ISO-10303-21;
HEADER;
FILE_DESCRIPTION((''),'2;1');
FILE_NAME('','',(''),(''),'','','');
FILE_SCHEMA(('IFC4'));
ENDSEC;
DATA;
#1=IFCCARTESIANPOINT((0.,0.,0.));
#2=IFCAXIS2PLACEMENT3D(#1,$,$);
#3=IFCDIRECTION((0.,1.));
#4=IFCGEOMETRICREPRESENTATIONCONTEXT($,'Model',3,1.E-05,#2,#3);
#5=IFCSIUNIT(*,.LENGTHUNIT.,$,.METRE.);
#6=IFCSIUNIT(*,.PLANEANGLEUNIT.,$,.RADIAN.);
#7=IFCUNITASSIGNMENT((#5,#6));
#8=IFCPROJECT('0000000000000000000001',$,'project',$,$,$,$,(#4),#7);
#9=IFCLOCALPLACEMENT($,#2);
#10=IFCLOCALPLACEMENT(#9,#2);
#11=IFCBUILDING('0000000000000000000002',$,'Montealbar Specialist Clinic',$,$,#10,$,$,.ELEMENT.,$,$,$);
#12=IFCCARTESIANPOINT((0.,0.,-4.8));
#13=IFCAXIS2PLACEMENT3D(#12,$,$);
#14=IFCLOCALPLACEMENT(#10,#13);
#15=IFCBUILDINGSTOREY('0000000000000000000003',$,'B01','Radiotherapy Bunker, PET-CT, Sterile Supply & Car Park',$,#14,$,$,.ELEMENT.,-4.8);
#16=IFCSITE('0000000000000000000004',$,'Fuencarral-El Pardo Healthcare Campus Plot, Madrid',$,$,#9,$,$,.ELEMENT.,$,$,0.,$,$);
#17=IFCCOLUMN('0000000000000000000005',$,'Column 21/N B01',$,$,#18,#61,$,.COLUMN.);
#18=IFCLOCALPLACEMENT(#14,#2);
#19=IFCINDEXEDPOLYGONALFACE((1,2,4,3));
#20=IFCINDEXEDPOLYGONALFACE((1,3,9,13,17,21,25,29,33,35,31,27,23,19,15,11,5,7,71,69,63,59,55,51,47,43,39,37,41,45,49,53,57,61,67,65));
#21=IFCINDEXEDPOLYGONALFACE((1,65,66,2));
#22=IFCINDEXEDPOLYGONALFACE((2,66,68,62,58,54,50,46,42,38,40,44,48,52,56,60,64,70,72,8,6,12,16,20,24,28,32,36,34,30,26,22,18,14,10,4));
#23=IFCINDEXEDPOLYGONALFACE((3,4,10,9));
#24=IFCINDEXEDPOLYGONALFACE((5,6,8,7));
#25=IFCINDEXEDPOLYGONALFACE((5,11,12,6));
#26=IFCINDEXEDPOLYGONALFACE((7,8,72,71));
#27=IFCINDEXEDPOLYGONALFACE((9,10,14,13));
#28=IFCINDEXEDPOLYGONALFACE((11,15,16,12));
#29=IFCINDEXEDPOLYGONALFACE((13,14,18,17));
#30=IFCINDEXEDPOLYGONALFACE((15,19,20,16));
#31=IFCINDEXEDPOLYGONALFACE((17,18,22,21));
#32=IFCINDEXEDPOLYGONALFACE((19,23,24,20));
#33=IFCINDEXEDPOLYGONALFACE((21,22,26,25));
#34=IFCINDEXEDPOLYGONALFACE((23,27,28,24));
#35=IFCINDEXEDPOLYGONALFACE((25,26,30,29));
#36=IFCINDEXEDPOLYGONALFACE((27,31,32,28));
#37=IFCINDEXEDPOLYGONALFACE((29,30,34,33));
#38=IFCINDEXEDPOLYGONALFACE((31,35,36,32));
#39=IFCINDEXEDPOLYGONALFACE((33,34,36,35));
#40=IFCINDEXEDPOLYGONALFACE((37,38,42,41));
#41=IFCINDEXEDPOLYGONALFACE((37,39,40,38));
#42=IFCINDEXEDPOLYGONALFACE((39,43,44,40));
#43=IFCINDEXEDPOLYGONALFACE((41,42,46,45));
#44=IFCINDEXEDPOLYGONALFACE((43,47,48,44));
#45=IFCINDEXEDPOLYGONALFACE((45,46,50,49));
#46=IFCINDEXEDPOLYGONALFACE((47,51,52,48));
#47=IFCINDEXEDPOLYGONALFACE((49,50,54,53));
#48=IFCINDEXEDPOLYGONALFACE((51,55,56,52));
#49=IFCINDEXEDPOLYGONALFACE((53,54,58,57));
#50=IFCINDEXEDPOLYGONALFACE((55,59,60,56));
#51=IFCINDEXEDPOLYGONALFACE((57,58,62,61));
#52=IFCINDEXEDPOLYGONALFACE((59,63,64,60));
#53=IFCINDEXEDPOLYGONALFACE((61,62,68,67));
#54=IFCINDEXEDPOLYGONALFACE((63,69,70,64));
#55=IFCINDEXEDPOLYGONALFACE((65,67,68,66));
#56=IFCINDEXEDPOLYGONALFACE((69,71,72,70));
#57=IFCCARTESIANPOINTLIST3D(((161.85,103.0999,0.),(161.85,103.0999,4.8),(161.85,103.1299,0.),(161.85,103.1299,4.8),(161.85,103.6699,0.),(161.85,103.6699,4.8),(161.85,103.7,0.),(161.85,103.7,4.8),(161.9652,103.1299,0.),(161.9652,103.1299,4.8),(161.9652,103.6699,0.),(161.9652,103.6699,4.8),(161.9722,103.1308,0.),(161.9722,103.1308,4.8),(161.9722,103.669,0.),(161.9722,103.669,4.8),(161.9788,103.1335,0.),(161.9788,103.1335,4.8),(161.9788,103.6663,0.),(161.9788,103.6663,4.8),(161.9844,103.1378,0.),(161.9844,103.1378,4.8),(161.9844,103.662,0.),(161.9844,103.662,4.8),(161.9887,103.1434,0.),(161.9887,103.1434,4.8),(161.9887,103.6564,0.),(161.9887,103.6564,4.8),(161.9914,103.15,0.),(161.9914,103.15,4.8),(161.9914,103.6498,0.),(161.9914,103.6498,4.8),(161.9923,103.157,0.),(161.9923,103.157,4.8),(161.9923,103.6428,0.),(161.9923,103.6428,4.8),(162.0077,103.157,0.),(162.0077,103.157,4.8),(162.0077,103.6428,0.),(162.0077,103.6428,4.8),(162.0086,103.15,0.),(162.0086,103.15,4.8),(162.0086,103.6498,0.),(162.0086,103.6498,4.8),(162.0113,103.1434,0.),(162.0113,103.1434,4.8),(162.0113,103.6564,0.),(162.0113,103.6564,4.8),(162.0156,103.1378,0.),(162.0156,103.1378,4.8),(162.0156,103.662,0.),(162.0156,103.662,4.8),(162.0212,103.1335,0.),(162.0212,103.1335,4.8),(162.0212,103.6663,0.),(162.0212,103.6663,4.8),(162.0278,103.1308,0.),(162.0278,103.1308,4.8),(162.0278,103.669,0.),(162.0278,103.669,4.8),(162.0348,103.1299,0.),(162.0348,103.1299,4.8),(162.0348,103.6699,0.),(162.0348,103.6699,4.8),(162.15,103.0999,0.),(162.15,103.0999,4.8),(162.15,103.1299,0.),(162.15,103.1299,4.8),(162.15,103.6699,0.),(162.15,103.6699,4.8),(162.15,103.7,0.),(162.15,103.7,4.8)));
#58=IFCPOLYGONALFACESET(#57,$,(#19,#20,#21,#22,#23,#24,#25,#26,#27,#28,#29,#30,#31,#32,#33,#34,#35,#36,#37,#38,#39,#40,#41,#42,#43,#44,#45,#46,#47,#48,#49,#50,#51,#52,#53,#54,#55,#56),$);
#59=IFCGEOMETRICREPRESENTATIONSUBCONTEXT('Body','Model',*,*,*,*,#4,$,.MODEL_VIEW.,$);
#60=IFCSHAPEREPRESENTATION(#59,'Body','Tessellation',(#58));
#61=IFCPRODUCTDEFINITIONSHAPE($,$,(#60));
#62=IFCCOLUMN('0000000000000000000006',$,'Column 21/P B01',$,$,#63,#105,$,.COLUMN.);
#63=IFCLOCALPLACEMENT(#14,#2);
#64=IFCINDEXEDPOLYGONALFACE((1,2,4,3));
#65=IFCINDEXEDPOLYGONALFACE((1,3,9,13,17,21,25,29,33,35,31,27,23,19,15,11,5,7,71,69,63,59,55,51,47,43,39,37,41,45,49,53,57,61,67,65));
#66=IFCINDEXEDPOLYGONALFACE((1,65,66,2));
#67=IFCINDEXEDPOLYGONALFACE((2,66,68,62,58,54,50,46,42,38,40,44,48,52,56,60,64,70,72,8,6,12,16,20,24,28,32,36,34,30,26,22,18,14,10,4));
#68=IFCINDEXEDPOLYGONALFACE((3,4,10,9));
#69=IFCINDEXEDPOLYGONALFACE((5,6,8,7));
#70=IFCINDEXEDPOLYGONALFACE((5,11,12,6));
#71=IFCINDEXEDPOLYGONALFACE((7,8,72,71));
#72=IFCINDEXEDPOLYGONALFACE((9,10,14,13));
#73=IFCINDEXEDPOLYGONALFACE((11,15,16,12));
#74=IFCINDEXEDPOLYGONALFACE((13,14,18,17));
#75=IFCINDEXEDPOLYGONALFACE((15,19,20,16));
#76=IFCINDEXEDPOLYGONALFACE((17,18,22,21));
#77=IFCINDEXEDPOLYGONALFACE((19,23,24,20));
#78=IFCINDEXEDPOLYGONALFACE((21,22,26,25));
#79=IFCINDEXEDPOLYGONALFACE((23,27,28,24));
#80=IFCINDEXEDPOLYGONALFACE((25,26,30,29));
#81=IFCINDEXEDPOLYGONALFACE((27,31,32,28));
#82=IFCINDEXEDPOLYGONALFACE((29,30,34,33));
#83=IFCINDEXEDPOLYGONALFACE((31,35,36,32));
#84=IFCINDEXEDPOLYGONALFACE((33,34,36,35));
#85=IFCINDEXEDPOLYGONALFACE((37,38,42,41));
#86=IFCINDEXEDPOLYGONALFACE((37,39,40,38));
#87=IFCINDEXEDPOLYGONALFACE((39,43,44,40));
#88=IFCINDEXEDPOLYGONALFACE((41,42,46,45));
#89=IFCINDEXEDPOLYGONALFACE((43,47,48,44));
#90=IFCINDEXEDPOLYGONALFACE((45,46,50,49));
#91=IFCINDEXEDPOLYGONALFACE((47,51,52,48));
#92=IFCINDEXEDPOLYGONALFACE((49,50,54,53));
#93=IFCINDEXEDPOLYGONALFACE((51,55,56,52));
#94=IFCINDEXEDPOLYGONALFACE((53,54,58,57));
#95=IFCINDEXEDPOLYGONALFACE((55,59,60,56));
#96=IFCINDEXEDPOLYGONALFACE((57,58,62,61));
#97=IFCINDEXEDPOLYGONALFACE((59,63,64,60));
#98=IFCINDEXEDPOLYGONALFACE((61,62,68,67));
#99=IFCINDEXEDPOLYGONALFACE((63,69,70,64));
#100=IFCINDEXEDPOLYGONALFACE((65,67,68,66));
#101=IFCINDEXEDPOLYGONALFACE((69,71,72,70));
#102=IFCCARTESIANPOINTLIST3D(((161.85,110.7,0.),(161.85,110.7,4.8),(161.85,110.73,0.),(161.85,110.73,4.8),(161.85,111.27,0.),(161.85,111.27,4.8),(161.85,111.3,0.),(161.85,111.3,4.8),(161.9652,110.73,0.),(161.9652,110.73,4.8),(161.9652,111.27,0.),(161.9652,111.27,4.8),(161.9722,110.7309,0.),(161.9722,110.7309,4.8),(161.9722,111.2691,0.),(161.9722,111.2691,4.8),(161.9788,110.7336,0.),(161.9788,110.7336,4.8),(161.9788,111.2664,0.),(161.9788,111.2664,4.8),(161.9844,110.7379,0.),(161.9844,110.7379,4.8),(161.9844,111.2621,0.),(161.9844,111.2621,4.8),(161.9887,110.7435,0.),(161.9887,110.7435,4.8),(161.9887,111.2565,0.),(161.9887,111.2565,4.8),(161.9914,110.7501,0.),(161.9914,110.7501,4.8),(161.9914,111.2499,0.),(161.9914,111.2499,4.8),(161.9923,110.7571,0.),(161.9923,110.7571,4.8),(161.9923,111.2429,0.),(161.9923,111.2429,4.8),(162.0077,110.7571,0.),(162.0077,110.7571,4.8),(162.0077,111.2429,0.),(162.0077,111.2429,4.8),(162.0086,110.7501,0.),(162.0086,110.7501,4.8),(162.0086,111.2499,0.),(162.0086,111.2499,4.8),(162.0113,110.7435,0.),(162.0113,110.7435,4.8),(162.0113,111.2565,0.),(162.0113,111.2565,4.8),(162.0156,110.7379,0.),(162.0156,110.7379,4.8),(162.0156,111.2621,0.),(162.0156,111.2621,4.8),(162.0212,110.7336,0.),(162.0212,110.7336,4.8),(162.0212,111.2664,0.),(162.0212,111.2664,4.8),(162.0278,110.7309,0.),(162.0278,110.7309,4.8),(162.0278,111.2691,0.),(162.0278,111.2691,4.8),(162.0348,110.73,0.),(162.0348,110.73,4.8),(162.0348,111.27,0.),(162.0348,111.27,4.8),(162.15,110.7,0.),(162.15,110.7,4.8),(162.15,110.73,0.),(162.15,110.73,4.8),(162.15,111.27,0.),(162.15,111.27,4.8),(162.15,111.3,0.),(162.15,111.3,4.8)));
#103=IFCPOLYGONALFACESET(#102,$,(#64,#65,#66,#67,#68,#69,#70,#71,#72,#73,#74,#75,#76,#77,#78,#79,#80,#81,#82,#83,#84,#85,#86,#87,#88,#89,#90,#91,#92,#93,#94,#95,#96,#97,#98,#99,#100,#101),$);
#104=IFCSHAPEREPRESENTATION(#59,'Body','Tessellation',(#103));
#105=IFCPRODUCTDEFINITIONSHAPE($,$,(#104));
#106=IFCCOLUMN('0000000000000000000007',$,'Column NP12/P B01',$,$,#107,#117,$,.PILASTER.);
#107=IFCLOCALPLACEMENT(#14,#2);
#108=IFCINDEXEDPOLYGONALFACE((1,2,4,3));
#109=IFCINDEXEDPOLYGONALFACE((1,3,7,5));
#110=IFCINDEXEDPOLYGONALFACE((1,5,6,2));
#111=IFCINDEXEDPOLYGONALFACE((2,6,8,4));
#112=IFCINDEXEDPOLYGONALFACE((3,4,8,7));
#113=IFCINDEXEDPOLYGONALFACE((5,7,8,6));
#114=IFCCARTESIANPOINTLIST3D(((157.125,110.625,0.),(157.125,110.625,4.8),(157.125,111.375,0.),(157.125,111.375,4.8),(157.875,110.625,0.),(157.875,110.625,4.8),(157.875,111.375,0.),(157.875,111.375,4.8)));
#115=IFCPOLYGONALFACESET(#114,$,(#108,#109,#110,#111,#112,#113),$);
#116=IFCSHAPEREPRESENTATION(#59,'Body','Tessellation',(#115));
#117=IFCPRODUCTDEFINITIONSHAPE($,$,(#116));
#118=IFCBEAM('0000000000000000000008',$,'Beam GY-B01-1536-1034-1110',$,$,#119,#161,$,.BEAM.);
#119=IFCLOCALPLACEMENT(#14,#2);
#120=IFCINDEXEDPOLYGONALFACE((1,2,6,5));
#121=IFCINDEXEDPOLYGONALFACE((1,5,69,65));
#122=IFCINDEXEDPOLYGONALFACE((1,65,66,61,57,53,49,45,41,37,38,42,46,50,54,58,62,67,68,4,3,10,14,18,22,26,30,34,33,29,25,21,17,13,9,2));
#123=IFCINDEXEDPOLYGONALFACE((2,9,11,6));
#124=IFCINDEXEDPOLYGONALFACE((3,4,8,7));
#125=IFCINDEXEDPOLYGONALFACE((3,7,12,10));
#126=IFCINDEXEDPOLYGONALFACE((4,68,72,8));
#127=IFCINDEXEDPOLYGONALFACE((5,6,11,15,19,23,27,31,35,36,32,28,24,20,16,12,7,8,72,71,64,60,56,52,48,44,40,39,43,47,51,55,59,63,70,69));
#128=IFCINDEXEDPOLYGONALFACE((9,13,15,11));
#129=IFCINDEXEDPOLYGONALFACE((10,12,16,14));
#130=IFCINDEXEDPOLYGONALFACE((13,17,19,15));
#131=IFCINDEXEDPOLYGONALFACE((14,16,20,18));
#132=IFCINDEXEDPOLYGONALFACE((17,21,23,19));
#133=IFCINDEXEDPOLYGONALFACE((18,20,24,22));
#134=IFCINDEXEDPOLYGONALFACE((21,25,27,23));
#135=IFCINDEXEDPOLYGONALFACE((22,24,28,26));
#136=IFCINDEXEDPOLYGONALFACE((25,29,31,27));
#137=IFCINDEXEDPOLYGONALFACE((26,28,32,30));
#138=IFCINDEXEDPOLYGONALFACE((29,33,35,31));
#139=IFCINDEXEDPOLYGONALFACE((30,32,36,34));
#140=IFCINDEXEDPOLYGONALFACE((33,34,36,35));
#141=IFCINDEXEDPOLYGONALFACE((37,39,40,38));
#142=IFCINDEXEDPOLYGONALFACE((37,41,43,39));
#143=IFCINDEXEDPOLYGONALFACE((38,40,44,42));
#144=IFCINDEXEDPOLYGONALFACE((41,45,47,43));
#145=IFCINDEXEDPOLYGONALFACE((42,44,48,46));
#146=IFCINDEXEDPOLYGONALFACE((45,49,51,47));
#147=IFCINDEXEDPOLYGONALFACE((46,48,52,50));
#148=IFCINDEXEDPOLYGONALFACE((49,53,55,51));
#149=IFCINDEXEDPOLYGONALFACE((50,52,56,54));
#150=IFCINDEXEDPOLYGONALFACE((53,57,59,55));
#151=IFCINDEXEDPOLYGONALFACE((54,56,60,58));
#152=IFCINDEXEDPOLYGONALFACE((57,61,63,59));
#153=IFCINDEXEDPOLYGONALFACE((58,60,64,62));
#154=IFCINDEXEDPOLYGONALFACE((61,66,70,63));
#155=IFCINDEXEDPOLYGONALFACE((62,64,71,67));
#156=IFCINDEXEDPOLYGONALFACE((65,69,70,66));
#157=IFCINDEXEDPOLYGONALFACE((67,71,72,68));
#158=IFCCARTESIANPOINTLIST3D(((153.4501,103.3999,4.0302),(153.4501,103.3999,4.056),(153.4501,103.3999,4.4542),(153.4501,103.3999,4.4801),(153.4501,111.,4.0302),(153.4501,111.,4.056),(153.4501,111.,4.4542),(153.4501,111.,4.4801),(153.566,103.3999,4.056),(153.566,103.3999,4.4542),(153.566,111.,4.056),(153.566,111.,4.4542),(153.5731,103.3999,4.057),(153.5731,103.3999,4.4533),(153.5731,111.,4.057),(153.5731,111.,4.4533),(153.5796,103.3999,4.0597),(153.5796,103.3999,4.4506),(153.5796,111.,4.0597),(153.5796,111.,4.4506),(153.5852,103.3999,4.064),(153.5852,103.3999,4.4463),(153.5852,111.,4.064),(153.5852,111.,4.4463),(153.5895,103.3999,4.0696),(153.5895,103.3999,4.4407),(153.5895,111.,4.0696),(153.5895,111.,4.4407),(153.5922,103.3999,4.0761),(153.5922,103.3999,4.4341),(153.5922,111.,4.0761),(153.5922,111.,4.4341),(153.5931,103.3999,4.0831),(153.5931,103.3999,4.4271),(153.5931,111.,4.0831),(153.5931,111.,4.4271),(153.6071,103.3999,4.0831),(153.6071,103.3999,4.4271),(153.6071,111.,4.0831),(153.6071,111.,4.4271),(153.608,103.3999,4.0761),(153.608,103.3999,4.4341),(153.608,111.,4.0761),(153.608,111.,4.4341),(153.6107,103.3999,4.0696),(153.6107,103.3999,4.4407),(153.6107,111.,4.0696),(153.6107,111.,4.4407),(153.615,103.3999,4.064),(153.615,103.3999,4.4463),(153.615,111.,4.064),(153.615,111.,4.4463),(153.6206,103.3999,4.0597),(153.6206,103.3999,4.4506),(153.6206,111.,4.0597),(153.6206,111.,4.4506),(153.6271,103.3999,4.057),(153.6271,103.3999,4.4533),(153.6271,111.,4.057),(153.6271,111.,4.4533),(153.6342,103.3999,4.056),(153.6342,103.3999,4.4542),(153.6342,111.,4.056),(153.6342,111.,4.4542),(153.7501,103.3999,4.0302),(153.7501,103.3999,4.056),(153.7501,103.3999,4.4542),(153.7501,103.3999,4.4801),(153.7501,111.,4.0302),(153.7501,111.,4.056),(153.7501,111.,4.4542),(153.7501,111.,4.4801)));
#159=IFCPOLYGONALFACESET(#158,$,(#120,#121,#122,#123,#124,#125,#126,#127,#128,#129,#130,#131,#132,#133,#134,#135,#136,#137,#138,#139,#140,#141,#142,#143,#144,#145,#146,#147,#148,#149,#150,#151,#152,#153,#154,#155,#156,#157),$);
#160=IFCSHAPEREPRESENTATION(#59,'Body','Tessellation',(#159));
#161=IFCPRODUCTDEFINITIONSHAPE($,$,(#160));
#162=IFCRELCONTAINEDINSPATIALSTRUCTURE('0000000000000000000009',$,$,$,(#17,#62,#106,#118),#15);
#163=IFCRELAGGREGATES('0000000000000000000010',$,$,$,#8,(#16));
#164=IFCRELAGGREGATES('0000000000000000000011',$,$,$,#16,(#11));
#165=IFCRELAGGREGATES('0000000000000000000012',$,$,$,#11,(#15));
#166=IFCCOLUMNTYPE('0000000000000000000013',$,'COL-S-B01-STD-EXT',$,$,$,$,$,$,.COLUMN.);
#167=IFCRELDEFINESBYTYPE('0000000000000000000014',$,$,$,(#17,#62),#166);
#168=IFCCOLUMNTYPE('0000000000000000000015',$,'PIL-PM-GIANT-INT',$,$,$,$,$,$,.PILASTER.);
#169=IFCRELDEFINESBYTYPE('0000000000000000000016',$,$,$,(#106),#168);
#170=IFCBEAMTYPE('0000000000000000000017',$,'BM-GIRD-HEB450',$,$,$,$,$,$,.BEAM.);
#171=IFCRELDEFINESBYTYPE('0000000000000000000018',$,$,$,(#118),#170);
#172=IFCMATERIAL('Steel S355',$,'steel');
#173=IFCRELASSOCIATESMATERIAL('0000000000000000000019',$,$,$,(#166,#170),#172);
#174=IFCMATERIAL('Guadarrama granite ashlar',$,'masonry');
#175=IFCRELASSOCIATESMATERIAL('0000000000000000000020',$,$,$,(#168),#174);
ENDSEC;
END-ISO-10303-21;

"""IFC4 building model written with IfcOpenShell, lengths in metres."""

from ifc_helpers import new_model, si_unit, direction, frame, origin, origin_2d, place, context, subcontext, project, spatial, rectangle, i_section, extrude, material, material_profile, profile_set, type_object, element, save


model = new_model("IFC4")

# Units and contexts
model_context = context("Model", 3, precision=1e-05, world=origin(), true_north=direction((0.0, 1.0)))
body_context = subcontext(model_context, "Body", "Model", "MODEL_VIEW")
ifc_project = project(units=[si_unit("LENGTHUNIT", "METRE"), si_unit("PLANEANGLEUNIT", "RADIAN")], contexts=[model_context])

# Site, building, storey
site_placement = place(None, origin())
site = spatial("IfcSite", under=ifc_project, at=site_placement, Name="Fuencarral-El Pardo Healthcare Campus Plot, Madrid", CompositionType="ELEMENT", RefElevation=0.0)
building_placement = place(site_placement, origin())
building = spatial("IfcBuilding", under=site, at=building_placement, Name="Montealbar Specialist Clinic", CompositionType="ELEMENT")
storey_placement = place(building_placement, frame((0.0, 0.0, -4.8)))
storey = spatial("IfcBuildingStorey", under=building, at=storey_placement, Name="B01", Description="Radiotherapy Bunker, PET-CT, Sterile Supply & Car Park", CompositionType="ELEMENT", Elevation=-4.8)

# Columns
ifc_material_1 = material(Name="Steel S355", Category="steel")
ifc_material_profile_1 = material_profile(ifc_material_1, i_section(OverallWidth=0.3, OverallDepth=0.6001, WebThickness=0.0154, FlangeThickness=0.03, FilletRadius=0.0271, at=origin_2d()), Name="HEB 600", Category="steel")
ifc_profile_set_1 = profile_set([ifc_material_profile_1], Name="Steel S355")
column_type_1 = type_object("IfcColumnType", Name="COL-S-B01-STD-EXT", PredefinedType="COLUMN", material=ifc_profile_set_1)
for number, where, z_axis, x_axis, name in (
    (1, (162.0, 103.3999, 0.0), (0.0, 0.0, 1.0), (1.0, 0.0, 0.0), "Column 21/N B01"),
    (2, (162.0, 111.0, 0.0), (0.0, 0.0, 1.0), (1.0, 0.0, 0.0), "Column 21/P B01"),
):
    element("IfcColumn", number, at=place(storey_placement, frame(where, z_axis=z_axis, x_axis=x_axis)), inside=storey, type_object=column_type_1, Name=name, PredefinedType="COLUMN", context=body_context, shape_type="SweptSolid", body=[
        extrude(i_section(OverallWidth=0.3, OverallDepth=0.6001, WebThickness=0.0154, FlangeThickness=0.03, FilletRadius=0.0271, at=origin_2d()), origin(), (0.0, 0.0, 1.0), 4.8),
    ])
ifc_material_2 = material(Name="Guadarrama granite ashlar", Category="masonry")
ifc_material_profile_2 = material_profile(ifc_material_2, rectangle(XDim=0.75, YDim=0.75, at=origin_2d()), Name="GRANITE PILASTER 750x750", Category="masonry")
ifc_profile_set_2 = profile_set([ifc_material_profile_2], Name="Guadarrama granite ashlar")
column_type_2 = type_object("IfcColumnType", Name="PIL-PM-GIANT-INT", PredefinedType="PILASTER", material=ifc_profile_set_2)
column_placement = place(storey_placement, frame((157.5, 111.0, 0.0), z_axis=(0.0, 0.0, 1.0), x_axis=(1.0, 0.0, 0.0)))
element("IfcColumn", 3, at=column_placement, inside=storey, type_object=column_type_2, Name="Column NP12/P B01", PredefinedType="PILASTER", context=body_context, shape_type="SweptSolid", body=[
    extrude(rectangle(XDim=0.75, YDim=0.75, at=origin_2d()), origin(), (0.0, 0.0, 1.0), 4.8),
])

# Beam
ifc_material_profile_3 = material_profile(ifc_material_1, i_section(OverallWidth=0.3, OverallDepth=0.45, WebThickness=0.0139, FlangeThickness=0.0259, FilletRadius=0.0271, at=origin_2d()), Name="HEB 450", Category="steel")
ifc_profile_set_3 = profile_set([ifc_material_profile_3], Name="Steel S355")
beam_type_1 = type_object("IfcBeamType", Name="BM-GIRD-HEB450", PredefinedType="BEAM", material=ifc_profile_set_3)
beam_1_placement = place(storey_placement, frame((153.6001, 103.3999, 4.2551), z_axis=(0.0, 1.0, 0.0), x_axis=(-1.0, 0.0, 0.0)))
element("IfcBeam", 4, at=beam_1_placement, inside=storey, type_object=beam_type_1, Name="Beam GY-B01-1536-1034-1110", PredefinedType="BEAM", context=body_context, shape_type="SweptSolid", body=[
    extrude(i_section(OverallWidth=0.3, OverallDepth=0.45, WebThickness=0.0139, FlangeThickness=0.0259, FilletRadius=0.0271, at=origin_2d()), origin(), (0.0, 0.0, 1.0), 7.6001),
])

save(model, "model.ifc")
